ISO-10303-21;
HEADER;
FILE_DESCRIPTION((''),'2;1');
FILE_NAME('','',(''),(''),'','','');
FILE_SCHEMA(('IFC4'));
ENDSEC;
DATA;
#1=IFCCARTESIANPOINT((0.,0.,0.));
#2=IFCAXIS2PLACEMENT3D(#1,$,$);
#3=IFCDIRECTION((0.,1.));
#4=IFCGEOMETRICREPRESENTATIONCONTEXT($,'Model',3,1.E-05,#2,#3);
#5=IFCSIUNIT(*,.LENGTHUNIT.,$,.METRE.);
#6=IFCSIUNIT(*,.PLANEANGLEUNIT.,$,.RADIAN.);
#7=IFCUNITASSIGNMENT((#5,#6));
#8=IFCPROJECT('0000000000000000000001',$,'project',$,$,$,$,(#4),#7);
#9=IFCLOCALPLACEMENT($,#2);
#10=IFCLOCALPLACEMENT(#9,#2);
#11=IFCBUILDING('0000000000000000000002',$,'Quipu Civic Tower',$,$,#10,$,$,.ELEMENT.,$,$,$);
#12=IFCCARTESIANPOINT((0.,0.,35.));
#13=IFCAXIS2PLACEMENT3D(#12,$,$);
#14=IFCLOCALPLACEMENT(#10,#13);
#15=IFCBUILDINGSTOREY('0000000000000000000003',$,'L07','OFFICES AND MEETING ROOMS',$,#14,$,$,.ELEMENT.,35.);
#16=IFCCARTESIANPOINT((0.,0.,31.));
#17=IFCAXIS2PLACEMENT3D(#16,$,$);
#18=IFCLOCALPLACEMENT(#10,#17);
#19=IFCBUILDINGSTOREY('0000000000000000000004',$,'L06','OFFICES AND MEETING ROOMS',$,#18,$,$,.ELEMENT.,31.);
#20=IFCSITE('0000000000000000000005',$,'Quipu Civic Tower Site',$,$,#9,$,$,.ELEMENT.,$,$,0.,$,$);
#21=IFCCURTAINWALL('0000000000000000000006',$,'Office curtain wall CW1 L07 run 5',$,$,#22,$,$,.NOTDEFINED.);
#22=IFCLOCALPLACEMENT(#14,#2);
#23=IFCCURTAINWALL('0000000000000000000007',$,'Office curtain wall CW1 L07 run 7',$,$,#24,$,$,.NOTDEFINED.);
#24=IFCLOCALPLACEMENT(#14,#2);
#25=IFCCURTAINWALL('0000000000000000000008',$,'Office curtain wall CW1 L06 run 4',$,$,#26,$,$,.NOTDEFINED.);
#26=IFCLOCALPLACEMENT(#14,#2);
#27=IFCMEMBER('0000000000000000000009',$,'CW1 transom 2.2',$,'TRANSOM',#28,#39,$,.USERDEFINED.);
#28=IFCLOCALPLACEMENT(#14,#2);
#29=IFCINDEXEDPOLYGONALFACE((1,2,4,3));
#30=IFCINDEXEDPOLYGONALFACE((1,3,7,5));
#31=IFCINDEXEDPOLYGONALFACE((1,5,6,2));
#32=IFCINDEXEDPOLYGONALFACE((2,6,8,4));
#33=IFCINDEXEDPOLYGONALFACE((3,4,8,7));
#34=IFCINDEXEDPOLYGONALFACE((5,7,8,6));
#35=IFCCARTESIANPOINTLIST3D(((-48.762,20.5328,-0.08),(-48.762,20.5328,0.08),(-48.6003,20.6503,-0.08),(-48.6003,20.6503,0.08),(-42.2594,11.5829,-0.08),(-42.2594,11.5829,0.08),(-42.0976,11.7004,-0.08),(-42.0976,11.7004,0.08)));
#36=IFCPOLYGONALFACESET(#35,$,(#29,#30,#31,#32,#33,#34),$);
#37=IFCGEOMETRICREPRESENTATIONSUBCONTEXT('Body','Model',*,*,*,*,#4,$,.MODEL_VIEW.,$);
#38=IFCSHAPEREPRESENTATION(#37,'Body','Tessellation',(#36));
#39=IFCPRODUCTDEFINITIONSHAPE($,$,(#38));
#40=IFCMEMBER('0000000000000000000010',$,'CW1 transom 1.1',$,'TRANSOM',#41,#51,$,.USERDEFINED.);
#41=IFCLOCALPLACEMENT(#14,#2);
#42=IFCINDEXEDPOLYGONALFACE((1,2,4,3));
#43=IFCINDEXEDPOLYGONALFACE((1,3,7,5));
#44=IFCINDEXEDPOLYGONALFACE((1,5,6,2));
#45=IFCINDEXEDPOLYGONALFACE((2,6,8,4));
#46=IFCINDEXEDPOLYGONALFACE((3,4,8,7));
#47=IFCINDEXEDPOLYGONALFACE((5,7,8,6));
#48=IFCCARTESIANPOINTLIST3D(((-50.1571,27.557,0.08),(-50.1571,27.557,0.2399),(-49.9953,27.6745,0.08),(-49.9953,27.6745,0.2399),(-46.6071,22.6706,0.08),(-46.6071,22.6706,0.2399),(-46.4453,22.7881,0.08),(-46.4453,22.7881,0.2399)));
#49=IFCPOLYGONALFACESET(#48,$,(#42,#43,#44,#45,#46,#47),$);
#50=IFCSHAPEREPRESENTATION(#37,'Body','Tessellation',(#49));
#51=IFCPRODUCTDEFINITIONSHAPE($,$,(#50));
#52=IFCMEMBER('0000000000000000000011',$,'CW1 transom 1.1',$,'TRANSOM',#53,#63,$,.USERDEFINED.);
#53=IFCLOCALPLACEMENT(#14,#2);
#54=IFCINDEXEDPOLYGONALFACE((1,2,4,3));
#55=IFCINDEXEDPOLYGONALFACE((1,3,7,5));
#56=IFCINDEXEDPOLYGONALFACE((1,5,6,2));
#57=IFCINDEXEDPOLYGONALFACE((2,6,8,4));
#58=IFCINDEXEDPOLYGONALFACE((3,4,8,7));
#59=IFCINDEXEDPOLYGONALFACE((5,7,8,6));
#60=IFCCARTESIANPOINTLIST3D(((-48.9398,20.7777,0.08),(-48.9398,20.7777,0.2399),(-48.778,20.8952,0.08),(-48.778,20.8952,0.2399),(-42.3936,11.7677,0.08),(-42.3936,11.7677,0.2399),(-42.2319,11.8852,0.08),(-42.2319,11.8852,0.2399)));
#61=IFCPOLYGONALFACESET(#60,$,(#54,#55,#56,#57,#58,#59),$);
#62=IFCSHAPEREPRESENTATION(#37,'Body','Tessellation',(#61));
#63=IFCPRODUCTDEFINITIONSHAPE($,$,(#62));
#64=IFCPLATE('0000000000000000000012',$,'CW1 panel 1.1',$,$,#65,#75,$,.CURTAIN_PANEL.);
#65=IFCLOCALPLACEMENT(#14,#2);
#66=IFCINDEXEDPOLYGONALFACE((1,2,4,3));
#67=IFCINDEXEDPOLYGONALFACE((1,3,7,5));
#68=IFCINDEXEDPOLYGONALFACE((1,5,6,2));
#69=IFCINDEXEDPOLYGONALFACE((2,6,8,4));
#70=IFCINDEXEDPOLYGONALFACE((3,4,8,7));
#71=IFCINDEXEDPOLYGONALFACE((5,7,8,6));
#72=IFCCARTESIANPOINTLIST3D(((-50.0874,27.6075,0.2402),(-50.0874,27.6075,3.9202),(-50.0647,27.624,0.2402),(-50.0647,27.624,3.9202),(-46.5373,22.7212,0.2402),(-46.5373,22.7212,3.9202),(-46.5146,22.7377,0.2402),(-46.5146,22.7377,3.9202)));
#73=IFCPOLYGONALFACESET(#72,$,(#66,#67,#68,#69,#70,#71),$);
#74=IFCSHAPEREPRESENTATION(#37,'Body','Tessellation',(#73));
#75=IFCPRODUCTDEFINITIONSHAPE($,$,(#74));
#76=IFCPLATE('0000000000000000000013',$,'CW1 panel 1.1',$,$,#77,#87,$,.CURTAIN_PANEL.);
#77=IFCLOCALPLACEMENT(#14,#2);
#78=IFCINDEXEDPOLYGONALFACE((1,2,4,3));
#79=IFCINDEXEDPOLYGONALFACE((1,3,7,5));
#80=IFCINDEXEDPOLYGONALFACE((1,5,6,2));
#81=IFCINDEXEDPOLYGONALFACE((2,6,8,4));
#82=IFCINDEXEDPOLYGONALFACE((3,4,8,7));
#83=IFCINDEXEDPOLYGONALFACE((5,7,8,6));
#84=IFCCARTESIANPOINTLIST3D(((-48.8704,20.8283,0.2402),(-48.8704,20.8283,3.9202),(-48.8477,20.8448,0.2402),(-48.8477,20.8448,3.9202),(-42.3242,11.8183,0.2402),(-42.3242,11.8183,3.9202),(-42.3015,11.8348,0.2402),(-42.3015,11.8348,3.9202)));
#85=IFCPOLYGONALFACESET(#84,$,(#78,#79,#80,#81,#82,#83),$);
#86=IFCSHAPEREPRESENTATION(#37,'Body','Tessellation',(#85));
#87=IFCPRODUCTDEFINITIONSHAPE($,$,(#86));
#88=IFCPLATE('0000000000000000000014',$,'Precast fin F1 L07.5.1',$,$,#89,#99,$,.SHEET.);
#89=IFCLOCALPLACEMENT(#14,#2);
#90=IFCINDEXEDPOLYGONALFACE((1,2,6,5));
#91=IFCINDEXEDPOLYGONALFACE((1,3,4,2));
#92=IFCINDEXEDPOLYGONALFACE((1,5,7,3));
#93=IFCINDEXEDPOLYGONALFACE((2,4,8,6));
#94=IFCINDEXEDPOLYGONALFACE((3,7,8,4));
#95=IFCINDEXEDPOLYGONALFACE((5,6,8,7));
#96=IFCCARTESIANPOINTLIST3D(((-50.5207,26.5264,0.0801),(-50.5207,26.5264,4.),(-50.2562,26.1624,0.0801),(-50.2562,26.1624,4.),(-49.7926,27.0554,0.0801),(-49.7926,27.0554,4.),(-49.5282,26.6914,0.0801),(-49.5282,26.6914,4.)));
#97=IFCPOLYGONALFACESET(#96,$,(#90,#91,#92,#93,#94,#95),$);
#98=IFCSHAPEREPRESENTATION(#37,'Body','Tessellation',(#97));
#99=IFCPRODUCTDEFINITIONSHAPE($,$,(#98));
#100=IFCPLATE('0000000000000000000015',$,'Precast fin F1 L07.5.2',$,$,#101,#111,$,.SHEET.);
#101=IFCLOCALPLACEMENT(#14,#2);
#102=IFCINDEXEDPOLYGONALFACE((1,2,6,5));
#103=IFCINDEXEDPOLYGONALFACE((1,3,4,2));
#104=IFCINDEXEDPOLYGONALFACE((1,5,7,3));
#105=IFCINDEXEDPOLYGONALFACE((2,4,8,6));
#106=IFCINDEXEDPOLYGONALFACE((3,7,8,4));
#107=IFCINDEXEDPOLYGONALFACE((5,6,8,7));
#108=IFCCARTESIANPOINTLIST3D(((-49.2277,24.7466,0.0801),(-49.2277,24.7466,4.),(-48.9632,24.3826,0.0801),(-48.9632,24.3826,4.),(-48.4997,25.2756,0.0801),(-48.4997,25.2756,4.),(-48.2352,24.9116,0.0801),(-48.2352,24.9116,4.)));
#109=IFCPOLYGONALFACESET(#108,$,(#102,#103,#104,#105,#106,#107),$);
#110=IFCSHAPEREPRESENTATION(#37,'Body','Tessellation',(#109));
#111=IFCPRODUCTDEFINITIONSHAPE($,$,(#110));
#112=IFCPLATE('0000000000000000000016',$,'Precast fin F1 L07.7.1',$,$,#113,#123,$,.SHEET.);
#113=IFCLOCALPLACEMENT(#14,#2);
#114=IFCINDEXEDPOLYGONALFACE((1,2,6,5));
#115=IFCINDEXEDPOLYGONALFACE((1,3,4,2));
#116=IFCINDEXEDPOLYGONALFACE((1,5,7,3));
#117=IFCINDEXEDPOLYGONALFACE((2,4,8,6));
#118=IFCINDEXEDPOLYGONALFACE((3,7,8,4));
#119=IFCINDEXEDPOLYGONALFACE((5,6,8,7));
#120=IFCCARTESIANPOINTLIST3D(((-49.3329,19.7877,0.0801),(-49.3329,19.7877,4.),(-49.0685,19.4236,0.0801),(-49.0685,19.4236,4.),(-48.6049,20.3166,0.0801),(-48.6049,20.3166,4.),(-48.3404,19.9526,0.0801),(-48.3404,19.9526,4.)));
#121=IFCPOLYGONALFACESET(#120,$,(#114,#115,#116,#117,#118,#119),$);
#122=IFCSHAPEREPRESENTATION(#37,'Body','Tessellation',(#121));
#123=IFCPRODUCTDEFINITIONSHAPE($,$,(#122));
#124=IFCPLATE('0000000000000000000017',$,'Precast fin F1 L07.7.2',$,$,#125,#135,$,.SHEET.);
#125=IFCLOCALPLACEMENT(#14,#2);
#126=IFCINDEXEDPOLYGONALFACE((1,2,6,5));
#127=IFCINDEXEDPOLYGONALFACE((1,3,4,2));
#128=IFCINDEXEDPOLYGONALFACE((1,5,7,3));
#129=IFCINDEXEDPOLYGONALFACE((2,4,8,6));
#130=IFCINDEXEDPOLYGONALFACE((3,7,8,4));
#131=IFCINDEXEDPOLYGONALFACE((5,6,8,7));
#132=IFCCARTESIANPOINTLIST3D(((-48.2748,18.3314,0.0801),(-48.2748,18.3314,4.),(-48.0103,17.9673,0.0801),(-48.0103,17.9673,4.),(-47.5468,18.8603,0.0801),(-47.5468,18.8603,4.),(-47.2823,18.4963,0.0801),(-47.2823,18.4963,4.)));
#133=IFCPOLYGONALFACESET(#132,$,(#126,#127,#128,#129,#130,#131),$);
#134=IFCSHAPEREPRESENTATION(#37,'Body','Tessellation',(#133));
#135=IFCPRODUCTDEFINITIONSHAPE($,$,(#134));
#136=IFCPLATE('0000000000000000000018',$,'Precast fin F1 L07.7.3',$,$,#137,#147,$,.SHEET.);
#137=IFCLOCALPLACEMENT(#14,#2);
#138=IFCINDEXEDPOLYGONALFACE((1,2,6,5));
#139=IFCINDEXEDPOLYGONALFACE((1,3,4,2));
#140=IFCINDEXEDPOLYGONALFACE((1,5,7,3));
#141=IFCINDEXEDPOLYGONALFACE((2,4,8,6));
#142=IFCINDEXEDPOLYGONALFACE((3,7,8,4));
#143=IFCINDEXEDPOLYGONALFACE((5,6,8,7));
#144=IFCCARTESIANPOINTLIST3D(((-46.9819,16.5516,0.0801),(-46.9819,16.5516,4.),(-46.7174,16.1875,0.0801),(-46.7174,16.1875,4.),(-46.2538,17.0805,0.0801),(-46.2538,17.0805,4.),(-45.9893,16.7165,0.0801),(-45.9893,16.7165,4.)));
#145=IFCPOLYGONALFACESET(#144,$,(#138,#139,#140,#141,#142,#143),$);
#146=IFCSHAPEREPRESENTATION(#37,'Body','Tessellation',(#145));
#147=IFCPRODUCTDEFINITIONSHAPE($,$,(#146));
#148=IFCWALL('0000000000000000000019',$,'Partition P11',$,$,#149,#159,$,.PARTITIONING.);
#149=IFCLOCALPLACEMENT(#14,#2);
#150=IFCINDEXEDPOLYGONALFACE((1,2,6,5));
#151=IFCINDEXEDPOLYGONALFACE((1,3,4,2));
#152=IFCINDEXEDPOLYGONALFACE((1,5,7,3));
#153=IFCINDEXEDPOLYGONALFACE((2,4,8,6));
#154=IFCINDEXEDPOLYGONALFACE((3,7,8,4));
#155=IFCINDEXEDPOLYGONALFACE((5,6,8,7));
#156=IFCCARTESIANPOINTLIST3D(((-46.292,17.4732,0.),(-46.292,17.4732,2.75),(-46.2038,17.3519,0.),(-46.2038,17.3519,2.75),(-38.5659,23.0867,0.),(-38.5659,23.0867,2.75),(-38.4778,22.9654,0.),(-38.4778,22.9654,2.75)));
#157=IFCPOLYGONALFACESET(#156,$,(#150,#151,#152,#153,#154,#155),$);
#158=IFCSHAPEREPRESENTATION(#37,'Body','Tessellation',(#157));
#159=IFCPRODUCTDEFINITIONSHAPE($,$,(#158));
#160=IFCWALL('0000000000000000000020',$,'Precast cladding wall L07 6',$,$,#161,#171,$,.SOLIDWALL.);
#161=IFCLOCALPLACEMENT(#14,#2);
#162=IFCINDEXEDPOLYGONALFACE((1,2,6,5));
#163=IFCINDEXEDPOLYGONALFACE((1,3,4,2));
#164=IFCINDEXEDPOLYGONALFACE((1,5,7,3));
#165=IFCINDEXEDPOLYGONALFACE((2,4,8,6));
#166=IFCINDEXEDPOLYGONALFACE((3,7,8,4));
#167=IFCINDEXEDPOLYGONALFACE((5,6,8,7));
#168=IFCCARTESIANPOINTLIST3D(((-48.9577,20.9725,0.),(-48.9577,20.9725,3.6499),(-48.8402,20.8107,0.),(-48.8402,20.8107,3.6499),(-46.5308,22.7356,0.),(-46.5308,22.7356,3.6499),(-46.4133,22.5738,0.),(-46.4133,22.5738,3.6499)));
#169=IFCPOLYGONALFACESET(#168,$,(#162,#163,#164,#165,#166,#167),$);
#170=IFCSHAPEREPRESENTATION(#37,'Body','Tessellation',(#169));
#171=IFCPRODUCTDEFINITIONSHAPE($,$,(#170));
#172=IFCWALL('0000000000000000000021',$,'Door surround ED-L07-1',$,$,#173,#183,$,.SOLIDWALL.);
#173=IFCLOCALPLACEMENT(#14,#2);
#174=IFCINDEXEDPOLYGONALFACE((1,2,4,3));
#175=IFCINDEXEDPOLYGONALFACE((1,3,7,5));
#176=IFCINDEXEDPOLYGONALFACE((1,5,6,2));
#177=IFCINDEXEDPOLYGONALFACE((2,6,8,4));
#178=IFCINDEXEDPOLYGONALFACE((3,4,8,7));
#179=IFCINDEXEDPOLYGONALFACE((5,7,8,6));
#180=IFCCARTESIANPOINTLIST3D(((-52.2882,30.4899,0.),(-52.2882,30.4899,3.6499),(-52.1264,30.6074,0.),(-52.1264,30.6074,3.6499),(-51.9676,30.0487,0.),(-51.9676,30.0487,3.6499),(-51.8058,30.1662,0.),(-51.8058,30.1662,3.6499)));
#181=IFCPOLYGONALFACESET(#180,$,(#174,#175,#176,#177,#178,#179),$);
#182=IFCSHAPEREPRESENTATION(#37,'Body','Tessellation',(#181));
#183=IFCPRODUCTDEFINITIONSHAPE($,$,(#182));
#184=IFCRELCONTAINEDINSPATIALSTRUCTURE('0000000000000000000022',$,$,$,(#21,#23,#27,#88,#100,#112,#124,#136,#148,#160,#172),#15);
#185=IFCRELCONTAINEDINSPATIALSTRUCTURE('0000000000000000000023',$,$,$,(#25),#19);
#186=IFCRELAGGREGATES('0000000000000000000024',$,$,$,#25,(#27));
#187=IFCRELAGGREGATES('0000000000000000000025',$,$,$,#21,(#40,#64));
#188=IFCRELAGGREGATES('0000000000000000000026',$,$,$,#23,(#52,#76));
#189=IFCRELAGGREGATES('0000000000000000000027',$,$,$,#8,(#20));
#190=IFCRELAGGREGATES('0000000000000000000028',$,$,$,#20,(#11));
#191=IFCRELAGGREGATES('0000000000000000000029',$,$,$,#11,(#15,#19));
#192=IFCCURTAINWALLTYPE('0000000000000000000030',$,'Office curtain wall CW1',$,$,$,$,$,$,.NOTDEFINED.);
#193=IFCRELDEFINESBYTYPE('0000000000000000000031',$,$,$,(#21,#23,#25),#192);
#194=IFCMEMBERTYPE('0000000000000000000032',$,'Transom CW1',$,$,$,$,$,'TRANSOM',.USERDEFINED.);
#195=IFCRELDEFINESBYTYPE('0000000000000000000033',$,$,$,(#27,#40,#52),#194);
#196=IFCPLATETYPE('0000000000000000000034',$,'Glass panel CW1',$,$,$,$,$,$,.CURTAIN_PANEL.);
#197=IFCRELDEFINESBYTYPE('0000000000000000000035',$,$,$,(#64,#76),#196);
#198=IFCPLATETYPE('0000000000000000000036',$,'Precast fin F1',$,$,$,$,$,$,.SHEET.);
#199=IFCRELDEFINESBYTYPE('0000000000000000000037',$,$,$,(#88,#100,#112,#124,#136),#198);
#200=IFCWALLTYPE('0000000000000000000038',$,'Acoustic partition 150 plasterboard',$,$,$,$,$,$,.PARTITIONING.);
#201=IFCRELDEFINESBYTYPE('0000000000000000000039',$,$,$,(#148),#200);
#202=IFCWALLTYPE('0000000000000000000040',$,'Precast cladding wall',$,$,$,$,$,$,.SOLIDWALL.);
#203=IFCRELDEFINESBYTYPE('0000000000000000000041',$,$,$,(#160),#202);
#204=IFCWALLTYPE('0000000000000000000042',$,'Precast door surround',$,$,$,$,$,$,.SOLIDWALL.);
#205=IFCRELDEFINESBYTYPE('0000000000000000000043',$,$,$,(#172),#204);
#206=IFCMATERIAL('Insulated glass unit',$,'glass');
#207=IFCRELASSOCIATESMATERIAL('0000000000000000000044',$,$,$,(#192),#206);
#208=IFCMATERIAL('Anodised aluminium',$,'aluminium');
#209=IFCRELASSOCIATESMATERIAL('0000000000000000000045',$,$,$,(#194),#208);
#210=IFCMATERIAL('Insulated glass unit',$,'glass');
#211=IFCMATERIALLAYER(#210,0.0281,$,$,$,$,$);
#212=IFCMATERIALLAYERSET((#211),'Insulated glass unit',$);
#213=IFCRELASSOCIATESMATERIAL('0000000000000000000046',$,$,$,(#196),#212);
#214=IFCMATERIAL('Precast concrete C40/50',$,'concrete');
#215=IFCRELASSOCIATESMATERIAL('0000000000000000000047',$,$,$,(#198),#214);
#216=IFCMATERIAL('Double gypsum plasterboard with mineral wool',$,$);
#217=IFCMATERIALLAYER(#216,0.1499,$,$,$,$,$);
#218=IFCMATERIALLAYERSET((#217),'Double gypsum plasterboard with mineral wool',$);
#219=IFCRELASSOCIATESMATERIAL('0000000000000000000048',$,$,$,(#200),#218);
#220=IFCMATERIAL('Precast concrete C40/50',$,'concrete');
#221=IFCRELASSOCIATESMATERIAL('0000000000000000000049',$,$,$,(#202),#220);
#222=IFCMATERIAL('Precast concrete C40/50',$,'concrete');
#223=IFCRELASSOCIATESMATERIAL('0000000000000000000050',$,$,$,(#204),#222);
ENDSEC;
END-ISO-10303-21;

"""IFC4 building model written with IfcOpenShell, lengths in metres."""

from ifc_helpers import new_model, si_unit, direction, frame, frame_2d, origin, origin_2d, place, context, subcontext, project, spatial, rectangle, extrude, material, layer, layer_set, material_profile, profile_set, type_object, element, aggregate, save


model = new_model("IFC4")

# Units and contexts
model_context = context("Model", 3, precision=1e-05, world=origin(), true_north=direction((0.0, 1.0)))
body_context = subcontext(model_context, "Body", "Model", "MODEL_VIEW")
ifc_project = project(units=[si_unit("LENGTHUNIT", "METRE"), si_unit("PLANEANGLEUNIT", "RADIAN")], contexts=[model_context])

# Site, building, storey
site_placement = place(None, origin())
site = spatial("IfcSite", under=ifc_project, at=site_placement, Name="Quipu Civic Tower Site", CompositionType="ELEMENT", RefElevation=0.0)
building_placement = place(site_placement, origin())
building = spatial("IfcBuilding", under=site, at=building_placement, Name="Quipu Civic Tower", CompositionType="ELEMENT")
storey_1_placement = place(building_placement, frame((0.0, 0.0, 35.0)))
storey_1 = spatial("IfcBuildingStorey", under=building, at=storey_1_placement, Name="L07", Description="OFFICES AND MEETING ROOMS", CompositionType="ELEMENT", Elevation=35.0)

# Shared definitions
ifc_material_1 = material(Name="Insulated glass unit", Category="glass")
curtain_wall_type = type_object("IfcCurtainWallType", Name="Office curtain wall CW1", PredefinedType="NOTDEFINED", material=ifc_material_1)

# Curtain wall
curtain_wall_1_placement = place(storey_1_placement, origin())
curtain_wall_1 = element("IfcCurtainWall", 1, at=curtain_wall_1_placement, inside=storey_1, type_object=curtain_wall_type, Name="Office curtain wall CW1 L07 run 5", PredefinedType="NOTDEFINED")

# Curtain wall
curtain_wall_2_placement = place(storey_1_placement, origin())
curtain_wall_2 = element("IfcCurtainWall", 2, at=curtain_wall_2_placement, inside=storey_1, type_object=curtain_wall_type, Name="Office curtain wall CW1 L07 run 7", PredefinedType="NOTDEFINED")

# Shared definitions
storey_2_placement = place(building_placement, frame((0.0, 0.0, 31.0)))
storey_2 = spatial("IfcBuildingStorey", under=building, at=storey_2_placement, Name="L06", Description="OFFICES AND MEETING ROOMS", CompositionType="ELEMENT", Elevation=31.0)

# Curtain wall, member
curtain_wall_3_placement = place(storey_2_placement, origin())
curtain_wall_3 = element("IfcCurtainWall", 3, at=curtain_wall_3_placement, inside=storey_2, type_object=curtain_wall_type, Name="Office curtain wall CW1 L06 run 4", PredefinedType="NOTDEFINED")
ifc_material_2 = material(Name="Anodised aluminium", Category="aluminium")
ifc_material_profile_1 = material_profile(ifc_material_2, rectangle(XDim=0.2, YDim=0.1599, at=origin_2d()), Name="RECT 200x160")
ifc_profile_set_1 = profile_set([ifc_material_profile_1], Name="Anodised aluminium")
member_type_1 = type_object("IfcMemberType", Name="Transom CW1", ElementType="TRANSOM", PredefinedType="USERDEFINED", material=ifc_profile_set_1)
member_1_placement = place(storey_1_placement, frame((-48.6812, 20.5916, 0.0), z_axis=(0.587795, -0.80901, 0.0), x_axis=(0.80901, 0.587795, 0.0)))
member_1 = element("IfcMember", 4, at=member_1_placement, inside=storey_1, type_object=member_type_1, Name="CW1 transom 2.2", ObjectType="TRANSOM", PredefinedType="USERDEFINED", context=body_context, shape_type="SweptSolid", body=[
    extrude(rectangle(XDim=0.2, YDim=0.1599, at=origin_2d()), origin(), (0.0, 0.0, 1.0), 11.0627),
])
aggregate(curtain_wall_3, [member_1])

# Members
member_2_placement = place(storey_1_placement, frame((-50.0762, 27.6157, 0.1599), z_axis=(0.587765, -0.809031, 0.0), x_axis=(0.809031, 0.587765, 0.0)))
member_2 = element("IfcMember", 5, at=member_2_placement, type_object=member_type_1, Name="CW1 transom 1.1", ObjectType="TRANSOM", PredefinedType="USERDEFINED", context=body_context, shape_type="SweptSolid", body=[
    extrude(rectangle(XDim=0.2, YDim=0.1599, at=origin_2d()), origin(), (0.0, 0.0, 1.0), 6.0398),
])
member_3_placement = place(storey_1_placement, frame((-48.8589, 20.8364, 0.1599), z_axis=(0.587785, -0.809018, 0.0), x_axis=(0.809018, 0.587785, 0.0)))
member_3 = element("IfcMember", 6, at=member_3_placement, type_object=member_type_1, Name="CW1 transom 1.1", ObjectType="TRANSOM", PredefinedType="USERDEFINED", context=body_context, shape_type="SweptSolid", body=[
    extrude(rectangle(XDim=0.2, YDim=0.1599, at=origin_2d()), origin(), (0.0, 0.0, 1.0), 11.137),
])

# Plates
ifc_material_3 = material(Name="Insulated glass unit", Category="glass")
ifc_layer_1 = layer(ifc_material_3, 0.0281)
ifc_layer_set_1 = layer_set([ifc_layer_1], Name="Insulated glass unit")
plate_type_1 = type_object("IfcPlateType", Name="Glass panel CW1", PredefinedType="CURTAIN_PANEL", material=ifc_layer_set_1)
plate_1_placement = place(storey_1_placement, frame((-48.301, 25.1726, 0.2402), z_axis=(0.0, 0.0, 1.0), x_axis=(0.587786, -0.809016, 0.0)))
plate_1 = element("IfcPlate", 7, at=plate_1_placement, type_object=plate_type_1, Name="CW1 panel 1.1", PredefinedType="CURTAIN_PANEL", context=body_context, shape_type="SweptSolid", body=[
    extrude(rectangle(XDim=6.0398, YDim=0.0281, at=origin_2d()), origin(), (0.0, 0.0, 1.0), 3.6799),
])
aggregate(curtain_wall_1, [member_2, plate_1])
plate_2_placement = place(storey_1_placement, frame((-45.5859, 16.3315, 0.2402), z_axis=(0.0, 0.0, 1.0), x_axis=(0.587786, -0.809017, 0.0)))
plate_2 = element("IfcPlate", 8, at=plate_2_placement, type_object=plate_type_1, Name="CW1 panel 1.1", PredefinedType="CURTAIN_PANEL", context=body_context, shape_type="SweptSolid", body=[
    extrude(rectangle(XDim=11.137, YDim=0.0281, at=origin_2d()), origin(), (0.0, 0.0, 1.0), 3.6799),
])
aggregate(curtain_wall_2, [member_3, plate_2])

# Plates
ifc_material_4 = material(Name="Precast concrete C40/50", Category="concrete")
plate_type_2 = type_object("IfcPlateType", Name="Precast fin F1", PredefinedType="SHEET", material=ifc_material_4)
for number, where, z_axis, x_axis, name in (
    (9, (-50.0244, 26.6089, 0.0801), (0.0, 0.0, 1.0), (0.587786, -0.809016, 0.0), "Precast fin F1 L07.5.1"),
    (10, (-48.7314, 24.8291, 0.0801), (0.0, 0.0, 1.0), (0.587786, -0.809016, 0.0), "Precast fin F1 L07.5.2"),
    (11, (-48.8367, 19.8701, 0.0801), (0.0, 0.0, 1.0), (0.587786, -0.809017, 0.0), "Precast fin F1 L07.7.1"),
    (12, (-47.7786, 18.4138, 0.0801), (0.0, 0.0, 1.0), (0.587786, -0.809017, 0.0), "Precast fin F1 L07.7.2"),
    (13, (-46.4856, 16.634, 0.0801), (0.0, 0.0, 1.0), (0.587786, -0.809017, 0.0), "Precast fin F1 L07.7.3"),
):
    element("IfcPlate", number, at=place(storey_1_placement, frame(where, z_axis=z_axis, x_axis=x_axis)), inside=storey_1, type_object=plate_type_2, Name=name, PredefinedType="SHEET", context=body_context, shape_type="SweptSolid", body=[
        extrude(rectangle(XDim=0.45, YDim=0.8999, at=origin_2d()), origin(), (0.0, 0.0, 1.0), 3.9199),
    ])

# Walls
ifc_material_5 = material(Name="Double gypsum plasterboard with mineral wool")
ifc_layer_2 = layer(ifc_material_5, 0.1499)
ifc_layer_set_2 = layer_set([ifc_layer_2], Name="Double gypsum plasterboard with mineral wool")
wall_type_1 = type_object("IfcWallType", Name="Acoustic partition 150 plasterboard", PredefinedType="PARTITIONING", material=ifc_layer_set_2)
wall_1_placement = place(storey_1_placement, frame((-46.2478, 17.4126, 0.0), z_axis=(0.0, 0.0, 1.0), x_axis=(0.809007, 0.587799, 0.0)))
element("IfcWall", 14, at=wall_1_placement, inside=storey_1, type_object=wall_type_1, Name="Partition P11", PredefinedType="PARTITIONING", context=body_context, shape_type="SweptSolid", body=[
    extrude(rectangle(XDim=9.55, YDim=0.1499, at=frame_2d((4.7749, 0.0))), origin(), (0.0, 0.0, 1.0), 2.75),
])
ifc_material_6 = material(Name="Precast concrete C40/50", Category="concrete")
wall_type_2 = type_object("IfcWallType", Name="Precast cladding wall", PredefinedType="SOLIDWALL", material=ifc_material_6)
wall_2_placement = place(storey_1_placement, frame((-46.4719, 22.6548, 0.0), z_axis=(0.0, 0.0, 1.0), x_axis=(-0.809039, -0.587755, 0.0)))
element("IfcWall", 15, at=wall_2_placement, inside=storey_1, type_object=wall_type_2, Name="Precast cladding wall L07 6", PredefinedType="SOLIDWALL", context=body_context, shape_type="SweptSolid", body=[
    extrude(rectangle(XDim=2.9998, YDim=0.2, at=frame_2d((1.5, 0.0))), origin(), (0.0, 0.0, 1.0), 3.6499),
])

# Shared definitions
ifc_material_7 = material(Name="Precast concrete C40/50", Category="concrete")
wall_type_3 = type_object("IfcWallType", Name="Precast door surround", PredefinedType="SOLIDWALL", material=ifc_material_7)

# Wall
wall_3_placement = place(storey_1_placement, frame((-51.8867, 30.1074, 0.0), z_axis=(0.0, 0.0, 1.0), x_axis=(-0.587826, 0.808988, 0.0)))
element("IfcWall", 16, at=wall_3_placement, inside=storey_1, type_object=wall_type_3, Name="Door surround ED-L07-1", PredefinedType="SOLIDWALL", context=body_context, shape_type="SweptSolid", body=[
    extrude(rectangle(XDim=0.5454, YDim=0.2, at=frame_2d((0.2727, 0.0))), origin(), (0.0, 0.0, 1.0), 3.6499),
])

save(model, "model.ifc")
